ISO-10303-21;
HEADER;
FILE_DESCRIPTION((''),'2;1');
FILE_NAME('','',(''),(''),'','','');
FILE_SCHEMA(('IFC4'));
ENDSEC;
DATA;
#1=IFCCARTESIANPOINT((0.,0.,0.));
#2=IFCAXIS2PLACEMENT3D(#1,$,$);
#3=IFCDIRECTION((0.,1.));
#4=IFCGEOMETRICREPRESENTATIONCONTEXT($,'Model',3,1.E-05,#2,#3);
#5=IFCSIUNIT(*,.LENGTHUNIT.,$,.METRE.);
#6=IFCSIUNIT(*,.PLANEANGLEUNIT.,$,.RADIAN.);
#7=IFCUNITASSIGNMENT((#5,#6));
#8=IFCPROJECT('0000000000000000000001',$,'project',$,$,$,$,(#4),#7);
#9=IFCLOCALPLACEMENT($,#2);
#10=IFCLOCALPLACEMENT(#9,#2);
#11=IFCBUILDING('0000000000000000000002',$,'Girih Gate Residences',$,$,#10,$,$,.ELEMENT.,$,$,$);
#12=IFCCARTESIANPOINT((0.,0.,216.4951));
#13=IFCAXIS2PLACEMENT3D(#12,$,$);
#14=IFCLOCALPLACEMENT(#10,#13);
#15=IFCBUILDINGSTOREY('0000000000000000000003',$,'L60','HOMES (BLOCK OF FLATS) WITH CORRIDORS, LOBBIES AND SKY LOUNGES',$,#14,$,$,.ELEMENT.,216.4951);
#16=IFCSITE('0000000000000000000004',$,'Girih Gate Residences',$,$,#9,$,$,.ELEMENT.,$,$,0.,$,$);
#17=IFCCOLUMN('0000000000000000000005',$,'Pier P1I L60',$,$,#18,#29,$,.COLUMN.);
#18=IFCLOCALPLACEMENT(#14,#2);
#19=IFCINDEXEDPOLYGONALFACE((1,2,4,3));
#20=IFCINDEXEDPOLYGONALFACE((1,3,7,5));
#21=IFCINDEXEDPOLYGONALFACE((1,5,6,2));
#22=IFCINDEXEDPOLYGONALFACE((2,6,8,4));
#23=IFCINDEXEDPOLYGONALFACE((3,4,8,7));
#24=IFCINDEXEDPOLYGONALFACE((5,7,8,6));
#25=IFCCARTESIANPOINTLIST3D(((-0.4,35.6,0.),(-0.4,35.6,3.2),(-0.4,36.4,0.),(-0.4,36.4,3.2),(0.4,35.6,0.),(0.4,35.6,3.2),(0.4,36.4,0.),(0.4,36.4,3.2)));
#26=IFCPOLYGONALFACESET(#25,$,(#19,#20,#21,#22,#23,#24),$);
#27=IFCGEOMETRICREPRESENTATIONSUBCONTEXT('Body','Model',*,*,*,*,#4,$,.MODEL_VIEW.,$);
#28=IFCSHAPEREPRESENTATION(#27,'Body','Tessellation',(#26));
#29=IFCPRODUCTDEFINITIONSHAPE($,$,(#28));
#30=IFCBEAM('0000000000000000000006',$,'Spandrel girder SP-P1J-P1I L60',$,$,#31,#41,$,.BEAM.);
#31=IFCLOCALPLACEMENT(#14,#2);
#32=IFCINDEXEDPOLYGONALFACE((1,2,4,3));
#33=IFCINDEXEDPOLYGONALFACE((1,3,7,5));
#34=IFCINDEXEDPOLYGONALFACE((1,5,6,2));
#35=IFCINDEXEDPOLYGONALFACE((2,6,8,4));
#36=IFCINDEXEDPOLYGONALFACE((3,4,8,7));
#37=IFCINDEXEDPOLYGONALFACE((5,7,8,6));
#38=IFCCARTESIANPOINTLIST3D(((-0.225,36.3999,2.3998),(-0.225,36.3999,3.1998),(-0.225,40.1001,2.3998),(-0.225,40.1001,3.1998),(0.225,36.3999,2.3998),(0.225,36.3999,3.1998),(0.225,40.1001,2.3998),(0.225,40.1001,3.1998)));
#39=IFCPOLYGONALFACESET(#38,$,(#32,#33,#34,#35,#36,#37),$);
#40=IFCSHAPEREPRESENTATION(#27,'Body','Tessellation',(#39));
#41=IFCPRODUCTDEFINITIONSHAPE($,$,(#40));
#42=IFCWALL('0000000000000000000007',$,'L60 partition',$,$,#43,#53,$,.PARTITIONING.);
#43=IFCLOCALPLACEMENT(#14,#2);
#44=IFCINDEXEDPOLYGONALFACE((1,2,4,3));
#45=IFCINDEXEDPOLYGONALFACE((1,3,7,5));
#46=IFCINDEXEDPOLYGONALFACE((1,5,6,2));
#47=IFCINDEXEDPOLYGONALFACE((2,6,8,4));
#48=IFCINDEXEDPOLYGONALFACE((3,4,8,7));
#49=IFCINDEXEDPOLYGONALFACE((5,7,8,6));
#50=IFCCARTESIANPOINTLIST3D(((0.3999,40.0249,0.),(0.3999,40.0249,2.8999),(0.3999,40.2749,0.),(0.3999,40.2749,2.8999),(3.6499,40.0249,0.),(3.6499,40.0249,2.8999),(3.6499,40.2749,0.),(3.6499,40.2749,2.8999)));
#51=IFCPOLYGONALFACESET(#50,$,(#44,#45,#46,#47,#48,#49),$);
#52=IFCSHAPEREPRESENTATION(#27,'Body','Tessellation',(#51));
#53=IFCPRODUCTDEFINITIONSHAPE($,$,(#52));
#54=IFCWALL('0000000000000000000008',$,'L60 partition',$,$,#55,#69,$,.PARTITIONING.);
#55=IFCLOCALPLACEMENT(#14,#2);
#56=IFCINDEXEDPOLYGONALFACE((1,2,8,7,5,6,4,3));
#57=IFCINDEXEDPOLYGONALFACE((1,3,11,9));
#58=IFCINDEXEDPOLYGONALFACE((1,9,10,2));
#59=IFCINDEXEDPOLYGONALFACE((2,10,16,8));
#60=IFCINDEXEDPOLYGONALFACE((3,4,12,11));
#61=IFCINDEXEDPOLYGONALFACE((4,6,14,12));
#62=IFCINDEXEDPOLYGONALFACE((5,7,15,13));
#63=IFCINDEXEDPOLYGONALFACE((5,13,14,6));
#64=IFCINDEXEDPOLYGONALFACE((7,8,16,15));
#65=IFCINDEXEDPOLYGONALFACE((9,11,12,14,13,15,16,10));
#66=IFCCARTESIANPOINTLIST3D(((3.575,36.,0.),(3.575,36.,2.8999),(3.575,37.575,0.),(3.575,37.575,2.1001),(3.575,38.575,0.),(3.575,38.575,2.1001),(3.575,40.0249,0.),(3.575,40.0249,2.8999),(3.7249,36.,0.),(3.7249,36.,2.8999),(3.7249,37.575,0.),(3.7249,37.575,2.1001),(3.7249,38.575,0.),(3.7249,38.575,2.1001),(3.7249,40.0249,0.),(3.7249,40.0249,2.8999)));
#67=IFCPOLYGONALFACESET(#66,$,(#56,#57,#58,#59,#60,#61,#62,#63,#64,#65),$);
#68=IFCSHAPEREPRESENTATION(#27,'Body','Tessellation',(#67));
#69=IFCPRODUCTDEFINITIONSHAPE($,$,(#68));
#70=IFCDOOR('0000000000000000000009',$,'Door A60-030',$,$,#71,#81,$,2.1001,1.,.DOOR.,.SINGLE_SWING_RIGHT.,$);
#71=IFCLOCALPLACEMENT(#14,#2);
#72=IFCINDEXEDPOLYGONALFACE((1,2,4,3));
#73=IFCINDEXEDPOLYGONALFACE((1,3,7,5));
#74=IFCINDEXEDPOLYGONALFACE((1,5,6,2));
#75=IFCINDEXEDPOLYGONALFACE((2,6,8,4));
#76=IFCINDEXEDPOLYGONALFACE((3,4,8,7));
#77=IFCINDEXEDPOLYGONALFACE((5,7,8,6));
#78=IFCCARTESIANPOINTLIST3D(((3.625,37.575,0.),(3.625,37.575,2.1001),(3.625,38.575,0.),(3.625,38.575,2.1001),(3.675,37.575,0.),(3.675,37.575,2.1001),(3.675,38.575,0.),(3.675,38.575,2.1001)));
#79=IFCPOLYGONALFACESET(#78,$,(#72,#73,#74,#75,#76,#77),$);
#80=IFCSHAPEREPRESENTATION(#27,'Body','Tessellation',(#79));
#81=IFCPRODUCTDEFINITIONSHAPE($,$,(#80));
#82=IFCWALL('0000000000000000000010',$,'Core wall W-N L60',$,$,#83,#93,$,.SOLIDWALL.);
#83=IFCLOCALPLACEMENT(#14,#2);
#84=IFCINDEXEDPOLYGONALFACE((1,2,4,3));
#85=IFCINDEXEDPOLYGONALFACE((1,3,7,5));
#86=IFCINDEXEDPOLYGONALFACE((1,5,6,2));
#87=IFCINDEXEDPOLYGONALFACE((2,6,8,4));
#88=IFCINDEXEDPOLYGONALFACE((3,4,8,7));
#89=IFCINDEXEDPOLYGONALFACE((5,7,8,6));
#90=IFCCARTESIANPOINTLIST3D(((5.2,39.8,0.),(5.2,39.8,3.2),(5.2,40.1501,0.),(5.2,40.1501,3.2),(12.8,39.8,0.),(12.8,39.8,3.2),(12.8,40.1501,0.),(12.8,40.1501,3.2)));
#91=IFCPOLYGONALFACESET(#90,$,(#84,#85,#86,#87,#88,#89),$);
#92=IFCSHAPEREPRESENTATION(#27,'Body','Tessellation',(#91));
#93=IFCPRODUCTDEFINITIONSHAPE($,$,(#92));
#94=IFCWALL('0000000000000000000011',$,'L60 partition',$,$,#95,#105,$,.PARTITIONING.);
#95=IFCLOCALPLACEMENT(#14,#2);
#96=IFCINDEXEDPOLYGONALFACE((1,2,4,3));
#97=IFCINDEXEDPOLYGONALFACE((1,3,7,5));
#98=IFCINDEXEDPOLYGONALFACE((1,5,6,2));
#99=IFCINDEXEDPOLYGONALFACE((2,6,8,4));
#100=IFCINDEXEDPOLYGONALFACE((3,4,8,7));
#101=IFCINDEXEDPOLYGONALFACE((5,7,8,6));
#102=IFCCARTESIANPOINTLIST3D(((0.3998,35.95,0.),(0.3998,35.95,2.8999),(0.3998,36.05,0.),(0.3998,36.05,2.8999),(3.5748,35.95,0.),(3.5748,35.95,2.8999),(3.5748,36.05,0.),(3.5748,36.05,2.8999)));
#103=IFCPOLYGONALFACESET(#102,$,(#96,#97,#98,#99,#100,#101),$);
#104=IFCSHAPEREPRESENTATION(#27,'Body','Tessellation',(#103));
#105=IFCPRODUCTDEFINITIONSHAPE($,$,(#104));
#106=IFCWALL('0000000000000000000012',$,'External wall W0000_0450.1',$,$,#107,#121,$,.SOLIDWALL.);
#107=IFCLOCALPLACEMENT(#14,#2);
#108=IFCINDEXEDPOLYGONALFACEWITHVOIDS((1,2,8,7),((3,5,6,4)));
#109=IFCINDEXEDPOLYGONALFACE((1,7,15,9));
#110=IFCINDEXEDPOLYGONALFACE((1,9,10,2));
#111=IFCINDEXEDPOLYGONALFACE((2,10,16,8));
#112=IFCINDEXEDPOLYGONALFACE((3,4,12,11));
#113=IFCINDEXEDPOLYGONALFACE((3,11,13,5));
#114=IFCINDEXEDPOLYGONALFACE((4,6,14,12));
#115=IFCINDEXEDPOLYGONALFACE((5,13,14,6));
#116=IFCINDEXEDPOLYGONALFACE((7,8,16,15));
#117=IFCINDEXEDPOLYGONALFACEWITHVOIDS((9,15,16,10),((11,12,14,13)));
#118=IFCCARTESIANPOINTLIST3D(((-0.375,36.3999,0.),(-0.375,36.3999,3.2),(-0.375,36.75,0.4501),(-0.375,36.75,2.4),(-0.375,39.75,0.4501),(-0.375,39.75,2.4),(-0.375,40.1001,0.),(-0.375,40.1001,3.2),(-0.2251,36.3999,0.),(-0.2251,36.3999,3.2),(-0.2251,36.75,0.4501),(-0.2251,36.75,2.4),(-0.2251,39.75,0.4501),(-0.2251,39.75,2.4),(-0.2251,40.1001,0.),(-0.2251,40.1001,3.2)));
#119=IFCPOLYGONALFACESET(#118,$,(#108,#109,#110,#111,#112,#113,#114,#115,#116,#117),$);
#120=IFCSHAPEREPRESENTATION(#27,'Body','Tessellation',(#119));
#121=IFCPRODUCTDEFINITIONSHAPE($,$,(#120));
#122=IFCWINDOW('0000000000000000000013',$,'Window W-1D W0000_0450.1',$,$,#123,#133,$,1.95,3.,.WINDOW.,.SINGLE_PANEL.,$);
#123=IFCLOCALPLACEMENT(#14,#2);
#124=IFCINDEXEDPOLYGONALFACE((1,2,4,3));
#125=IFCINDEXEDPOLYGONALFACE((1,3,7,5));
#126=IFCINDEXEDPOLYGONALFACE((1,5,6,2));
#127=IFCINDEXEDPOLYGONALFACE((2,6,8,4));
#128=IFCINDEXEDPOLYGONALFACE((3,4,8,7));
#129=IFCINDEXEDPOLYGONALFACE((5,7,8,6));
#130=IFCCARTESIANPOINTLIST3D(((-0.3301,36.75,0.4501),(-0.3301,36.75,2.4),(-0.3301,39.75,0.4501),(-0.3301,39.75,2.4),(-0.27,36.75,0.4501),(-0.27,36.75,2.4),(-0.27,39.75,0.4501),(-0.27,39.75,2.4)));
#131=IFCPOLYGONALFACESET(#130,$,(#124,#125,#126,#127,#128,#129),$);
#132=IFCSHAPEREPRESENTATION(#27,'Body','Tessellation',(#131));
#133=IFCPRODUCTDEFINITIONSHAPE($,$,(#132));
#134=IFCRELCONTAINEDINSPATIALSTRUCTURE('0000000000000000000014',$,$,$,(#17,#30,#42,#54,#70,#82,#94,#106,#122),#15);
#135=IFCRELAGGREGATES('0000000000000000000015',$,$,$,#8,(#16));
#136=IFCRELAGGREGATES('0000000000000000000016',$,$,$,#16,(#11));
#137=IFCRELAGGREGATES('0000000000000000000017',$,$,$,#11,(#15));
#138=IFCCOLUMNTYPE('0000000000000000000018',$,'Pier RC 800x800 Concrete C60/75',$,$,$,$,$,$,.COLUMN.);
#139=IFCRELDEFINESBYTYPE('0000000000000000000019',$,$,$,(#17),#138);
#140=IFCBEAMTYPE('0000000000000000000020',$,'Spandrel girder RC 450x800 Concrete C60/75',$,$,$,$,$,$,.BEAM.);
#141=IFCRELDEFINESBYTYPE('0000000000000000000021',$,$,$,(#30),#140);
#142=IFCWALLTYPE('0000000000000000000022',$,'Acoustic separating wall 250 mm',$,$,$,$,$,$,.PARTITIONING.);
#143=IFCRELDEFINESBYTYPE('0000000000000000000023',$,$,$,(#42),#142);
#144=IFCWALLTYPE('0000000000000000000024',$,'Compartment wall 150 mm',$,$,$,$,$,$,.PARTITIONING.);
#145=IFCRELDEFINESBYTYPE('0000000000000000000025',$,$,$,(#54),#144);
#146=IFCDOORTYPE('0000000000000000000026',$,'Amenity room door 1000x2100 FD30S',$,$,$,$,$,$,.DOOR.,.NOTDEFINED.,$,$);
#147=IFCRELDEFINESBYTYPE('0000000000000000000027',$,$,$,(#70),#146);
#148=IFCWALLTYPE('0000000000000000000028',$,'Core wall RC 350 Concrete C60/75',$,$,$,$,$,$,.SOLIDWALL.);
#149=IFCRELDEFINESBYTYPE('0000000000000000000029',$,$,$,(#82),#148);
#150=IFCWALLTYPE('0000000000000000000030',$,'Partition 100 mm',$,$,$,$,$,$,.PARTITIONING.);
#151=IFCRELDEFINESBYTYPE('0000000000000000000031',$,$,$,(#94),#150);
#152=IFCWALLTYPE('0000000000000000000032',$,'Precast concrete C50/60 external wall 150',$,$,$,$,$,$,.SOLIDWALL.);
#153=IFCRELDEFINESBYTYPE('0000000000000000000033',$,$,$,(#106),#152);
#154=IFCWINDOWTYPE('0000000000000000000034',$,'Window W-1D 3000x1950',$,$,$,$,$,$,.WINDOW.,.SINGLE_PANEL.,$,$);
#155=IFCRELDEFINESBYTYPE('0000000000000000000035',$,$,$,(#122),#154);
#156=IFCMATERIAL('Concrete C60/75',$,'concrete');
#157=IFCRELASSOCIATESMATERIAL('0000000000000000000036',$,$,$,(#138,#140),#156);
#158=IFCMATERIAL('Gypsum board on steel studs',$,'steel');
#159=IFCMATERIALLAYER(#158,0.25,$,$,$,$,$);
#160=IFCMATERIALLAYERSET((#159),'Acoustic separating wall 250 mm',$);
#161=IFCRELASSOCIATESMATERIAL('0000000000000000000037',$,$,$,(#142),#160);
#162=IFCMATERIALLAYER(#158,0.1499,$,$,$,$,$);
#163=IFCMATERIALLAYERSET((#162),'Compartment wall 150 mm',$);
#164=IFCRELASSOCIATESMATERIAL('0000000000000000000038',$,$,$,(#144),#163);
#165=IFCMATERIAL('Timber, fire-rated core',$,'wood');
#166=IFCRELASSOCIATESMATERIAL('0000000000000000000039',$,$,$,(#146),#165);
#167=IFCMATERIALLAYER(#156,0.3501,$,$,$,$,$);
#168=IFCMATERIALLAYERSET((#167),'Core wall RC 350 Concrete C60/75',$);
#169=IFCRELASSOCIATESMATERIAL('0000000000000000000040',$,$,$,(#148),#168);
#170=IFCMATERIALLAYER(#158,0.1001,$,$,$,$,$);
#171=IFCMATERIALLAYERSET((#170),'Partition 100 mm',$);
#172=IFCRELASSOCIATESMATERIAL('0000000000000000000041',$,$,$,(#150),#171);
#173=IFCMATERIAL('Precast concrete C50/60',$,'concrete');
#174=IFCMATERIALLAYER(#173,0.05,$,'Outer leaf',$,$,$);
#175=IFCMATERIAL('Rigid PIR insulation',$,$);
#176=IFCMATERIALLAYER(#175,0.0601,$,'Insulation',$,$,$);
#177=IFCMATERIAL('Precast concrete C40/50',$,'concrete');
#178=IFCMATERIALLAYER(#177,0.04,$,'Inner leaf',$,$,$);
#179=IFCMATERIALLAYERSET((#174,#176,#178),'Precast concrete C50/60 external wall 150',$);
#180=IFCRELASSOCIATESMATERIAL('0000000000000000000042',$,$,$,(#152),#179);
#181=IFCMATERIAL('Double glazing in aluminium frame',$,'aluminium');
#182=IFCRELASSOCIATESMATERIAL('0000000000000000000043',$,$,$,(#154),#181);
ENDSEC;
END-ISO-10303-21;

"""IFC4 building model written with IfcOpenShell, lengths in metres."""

from ifc_helpers import new_model, si_unit, direction, frame, frame_2d, origin, origin_2d, place, context, subcontext, project, spatial, rectangle, extrude, material, layer, layer_set, material_profile, profile_set, type_object, element, fill, save


model = new_model("IFC4")

# Units and contexts
model_context = context("Model", 3, precision=1e-05, world=origin(), true_north=direction((0.0, 1.0)))
body_context = subcontext(model_context, "Body", "Model", "MODEL_VIEW")
ifc_project = project(units=[si_unit("LENGTHUNIT", "METRE"), si_unit("PLANEANGLEUNIT", "RADIAN")], contexts=[model_context])

# Site, building, storey
site_placement = place(None, origin())
site = spatial("IfcSite", under=ifc_project, at=site_placement, Name="Girih Gate Residences", CompositionType="ELEMENT", RefElevation=0.0)
building_placement = place(site_placement, origin())
building = spatial("IfcBuilding", under=site, at=building_placement, Name="Girih Gate Residences", CompositionType="ELEMENT")
storey_placement = place(building_placement, frame((0.0, 0.0, 216.4951)))
storey = spatial("IfcBuildingStorey", under=building, at=storey_placement, Name="L60", Description="HOMES (BLOCK OF FLATS) WITH CORRIDORS, LOBBIES AND SKY LOUNGES", CompositionType="ELEMENT", Elevation=216.4951)

# Column
ifc_material_1 = material(Name="Concrete C60/75", Category="concrete")
ifc_material_profile_1 = material_profile(ifc_material_1, rectangle(XDim=0.8, YDim=0.8, at=origin_2d()))
ifc_profile_set_1 = profile_set([ifc_material_profile_1], Name="Concrete C60/75")
column_type = type_object("IfcColumnType", Name="Pier RC 800x800 Concrete C60/75", PredefinedType="COLUMN", material=ifc_profile_set_1)
column_placement = place(storey_placement, frame((0.0, 36.0, 0.0), z_axis=(0.0, 0.0, 1.0), x_axis=(1.0, 0.0, 0.0)))
element("IfcColumn", 1, at=column_placement, inside=storey, type_object=column_type, Name="Pier P1I L60", PredefinedType="COLUMN", context=body_context, shape_type="SweptSolid", body=[
    extrude(rectangle(XDim=0.8, YDim=0.8, at=origin_2d()), origin(), (0.0, 0.0, 1.0), 3.2),
])

# Beam
ifc_material_profile_2 = material_profile(ifc_material_1, rectangle(XDim=0.45, YDim=0.8, at=origin_2d()))
ifc_profile_set_2 = profile_set([ifc_material_profile_2], Name="Concrete C60/75")
beam_type = type_object("IfcBeamType", Name="Spandrel girder RC 450x800 Concrete C60/75", PredefinedType="BEAM", material=ifc_profile_set_2)
beam_placement = place(storey_placement, frame((0.0, 40.1001, 2.7998), z_axis=(0.0, -1.0, 0.0), x_axis=(1.0, 0.0, 0.0)))
element("IfcBeam", 2, at=beam_placement, inside=storey, type_object=beam_type, Name="Spandrel girder SP-P1J-P1I L60", PredefinedType="BEAM", context=body_context, shape_type="SweptSolid", body=[
    extrude(rectangle(XDim=0.45, YDim=0.8, at=origin_2d()), origin(), (0.0, 0.0, 1.0), 3.7002),
])

# Wall
ifc_material_2 = material(Name="Gypsum board on steel studs", Category="steel")
ifc_layer_1 = layer(ifc_material_2, 0.25)
ifc_layer_set_1 = layer_set([ifc_layer_1], Name="Acoustic separating wall 250 mm")
wall_type_1 = type_object("IfcWallType", Name="Acoustic separating wall 250 mm", PredefinedType="PARTITIONING", material=ifc_layer_set_1)
wall_1_placement = place(storey_placement, frame((0.3999, 40.1499, 0.0), z_axis=(0.0, 0.0, 1.0), x_axis=(1.0, 0.0, 0.0)))
element("IfcWall", 3, at=wall_1_placement, inside=storey, type_object=wall_type_1, Name="L60 partition", PredefinedType="PARTITIONING", context=body_context, shape_type="SweptSolid", body=[
    extrude(rectangle(XDim=3.25, YDim=0.25, at=frame_2d((1.625, 0.0))), origin(), (0.0, 0.0, 1.0), 2.8999),
])

# Wall, opening, door
ifc_layer_2 = layer(ifc_material_2, 0.1499)
ifc_layer_set_2 = layer_set([ifc_layer_2], Name="Compartment wall 150 mm")
wall_type_2 = type_object("IfcWallType", Name="Compartment wall 150 mm", PredefinedType="PARTITIONING", material=ifc_layer_set_2)
wall_2_placement = place(storey_placement, frame((3.6499, 36.0, 0.0), z_axis=(0.0, 0.0, 1.0), x_axis=(0.0, 1.0, 0.0)))
wall_2 = element("IfcWall", 4, at=wall_2_placement, inside=storey, type_object=wall_type_2, Name="L60 partition", PredefinedType="PARTITIONING", context=body_context, shape_type="SweptSolid", body=[
    extrude(rectangle(XDim=4.0249, YDim=0.1499, at=frame_2d((2.0125, 0.0))), origin(), (0.0, 0.0, 1.0), 2.8999),
])
opening_1_placement = place(wall_2_placement, frame((1.575, 0.0, 0.0)))
opening_1 = element("IfcOpeningElement", 5, at=opening_1_placement, cuts=wall_2, PredefinedType="OPENING", context=body_context, shape_type="SweptSolid", body=[
    extrude(rectangle(XDim=1.0, YDim=2.1001, at=frame_2d((0.5, 1.05))), frame((0.0, 0.085, 0.0), z_axis=(0.0, -1.0, 0.0), x_axis=(1.0, 0.0, 0.0)), (0.0, 0.0, 1.0), 0.1699),
])
ifc_material_3 = material(Name="Timber, fire-rated core", Category="wood")
door_type_1 = type_object("IfcDoorType", Name="Amenity room door 1000x2100 FD30S", OperationType="NOTDEFINED", PredefinedType="DOOR", material=ifc_material_3)
door_1_placement = place(opening_1_placement, origin())
door_1 = element("IfcDoor", 6, at=door_1_placement, inside=storey, type_object=door_type_1, Name="Door A60-030", OperationType="SINGLE_SWING_RIGHT", OverallHeight=2.1001, OverallWidth=1.0, PredefinedType="DOOR", context=body_context, shape_type="SweptSolid", body=[
    extrude(rectangle(XDim=1.0, YDim=2.1001, at=frame_2d((0.5, 1.05))), frame((0.0, 0.0249, 0.0), z_axis=(0.0, -1.0, 0.0), x_axis=(1.0, 0.0, 0.0)), (0.0, 0.0, 1.0), 0.05),
])
fill(opening_1, door_1)

# Wall
ifc_layer_3 = layer(ifc_material_1, 0.3501)
ifc_layer_set_3 = layer_set([ifc_layer_3], Name="Core wall RC 350 Concrete C60/75")
wall_type_3 = type_object("IfcWallType", Name="Core wall RC 350 Concrete C60/75", PredefinedType="SOLIDWALL", material=ifc_layer_set_3)
wall_3_placement = place(storey_placement, frame((5.2, 39.9751, 0.0), z_axis=(0.0, 0.0, 1.0), x_axis=(1.0, 0.0, 0.0)))
element("IfcWall", 7, at=wall_3_placement, inside=storey, type_object=wall_type_3, Name="Core wall W-N L60", PredefinedType="SOLIDWALL", context=body_context, shape_type="SweptSolid", body=[
    extrude(rectangle(XDim=7.6001, YDim=0.3501, at=frame_2d((3.8, 0.0))), origin(), (0.0, 0.0, 1.0), 3.2),
])

# Wall
ifc_layer_4 = layer(ifc_material_2, 0.1001)
ifc_layer_set_4 = layer_set([ifc_layer_4], Name="Partition 100 mm")
wall_type_4 = type_object("IfcWallType", Name="Partition 100 mm", PredefinedType="PARTITIONING", material=ifc_layer_set_4)
wall_4_placement = place(storey_placement, frame((0.3999, 36.0, 0.0), z_axis=(0.0, 0.0, 1.0), x_axis=(1.0, 0.0, 0.0)))
element("IfcWall", 8, at=wall_4_placement, inside=storey, type_object=wall_type_4, Name="L60 partition", PredefinedType="PARTITIONING", context=body_context, shape_type="SweptSolid", body=[
    extrude(rectangle(XDim=3.175, YDim=0.1001, at=frame_2d((1.5874, 0.0))), origin(), (0.0, 0.0, 1.0), 2.8999),
])

# Wall, opening, window
ifc_material_4 = material(Name="Precast concrete C50/60", Category="concrete")
ifc_layer_5 = layer(ifc_material_4, 0.05, Name="Outer leaf")
ifc_material_5 = material(Name="Rigid PIR insulation")
ifc_layer_6 = layer(ifc_material_5, 0.0601, Name="Insulation")
ifc_material_6 = material(Name="Precast concrete C40/50", Category="concrete")
ifc_layer_7 = layer(ifc_material_6, 0.04, Name="Inner leaf")
ifc_layer_set_5 = layer_set([ifc_layer_5, ifc_layer_6, ifc_layer_7], Name="Precast concrete C50/60 external wall 150")
wall_type_5 = type_object("IfcWallType", Name="Precast concrete C50/60 external wall 150", PredefinedType="SOLIDWALL", material=ifc_layer_set_5)
wall_5_placement = place(storey_placement, frame((-0.3, 36.3999, 0.0), z_axis=(0.0, 0.0, 1.0), x_axis=(0.0, 1.0, 0.0)))
wall_5 = element("IfcWall", 9, at=wall_5_placement, inside=storey, type_object=wall_type_5, Name="External wall W0000_0450.1", PredefinedType="SOLIDWALL", context=body_context, shape_type="SweptSolid", body=[
    extrude(rectangle(XDim=3.7002, YDim=0.1499, at=frame_2d((1.8501, 0.0))), origin(), (0.0, 0.0, 1.0), 3.2),
])
opening_2_placement = place(wall_5_placement, frame((0.3501, 0.0, 0.45)))
opening_2 = element("IfcOpeningElement", 10, at=opening_2_placement, cuts=wall_5, PredefinedType="OPENING", context=body_context, shape_type="SweptSolid", body=[
    extrude(rectangle(XDim=3.0, YDim=1.95, at=frame_2d((1.5, 0.9751))), frame((0.0, 0.085, 0.0), z_axis=(0.0, -1.0, 0.0), x_axis=(1.0, 0.0, 0.0)), (0.0, 0.0, 1.0), 0.1699),
])
ifc_material_7 = material(Name="Double glazing in aluminium frame", Category="aluminium")
window_type = type_object("IfcWindowType", Name="Window W-1D 3000x1950", PartitioningType="SINGLE_PANEL", PredefinedType="WINDOW", material=ifc_material_7)
window_placement = place(opening_2_placement, origin())
window = element("IfcWindow", 11, at=window_placement, inside=storey, type_object=window_type, Name="Window W-1D W0000_0450.1", OverallHeight=1.95, OverallWidth=3.0, PartitioningType="SINGLE_PANEL", PredefinedType="WINDOW", context=body_context, shape_type="SweptSolid", body=[
    extrude(rectangle(XDim=3.0, YDim=1.95, at=frame_2d((1.5, 0.9751))), frame((0.0, 0.03, 0.0), z_axis=(0.0, -1.0, 0.0), x_axis=(1.0, 0.0, 0.0)), (0.0, 0.0, 1.0), 0.0601),
])
fill(opening_2, window)

save(model, "model.ifc")
